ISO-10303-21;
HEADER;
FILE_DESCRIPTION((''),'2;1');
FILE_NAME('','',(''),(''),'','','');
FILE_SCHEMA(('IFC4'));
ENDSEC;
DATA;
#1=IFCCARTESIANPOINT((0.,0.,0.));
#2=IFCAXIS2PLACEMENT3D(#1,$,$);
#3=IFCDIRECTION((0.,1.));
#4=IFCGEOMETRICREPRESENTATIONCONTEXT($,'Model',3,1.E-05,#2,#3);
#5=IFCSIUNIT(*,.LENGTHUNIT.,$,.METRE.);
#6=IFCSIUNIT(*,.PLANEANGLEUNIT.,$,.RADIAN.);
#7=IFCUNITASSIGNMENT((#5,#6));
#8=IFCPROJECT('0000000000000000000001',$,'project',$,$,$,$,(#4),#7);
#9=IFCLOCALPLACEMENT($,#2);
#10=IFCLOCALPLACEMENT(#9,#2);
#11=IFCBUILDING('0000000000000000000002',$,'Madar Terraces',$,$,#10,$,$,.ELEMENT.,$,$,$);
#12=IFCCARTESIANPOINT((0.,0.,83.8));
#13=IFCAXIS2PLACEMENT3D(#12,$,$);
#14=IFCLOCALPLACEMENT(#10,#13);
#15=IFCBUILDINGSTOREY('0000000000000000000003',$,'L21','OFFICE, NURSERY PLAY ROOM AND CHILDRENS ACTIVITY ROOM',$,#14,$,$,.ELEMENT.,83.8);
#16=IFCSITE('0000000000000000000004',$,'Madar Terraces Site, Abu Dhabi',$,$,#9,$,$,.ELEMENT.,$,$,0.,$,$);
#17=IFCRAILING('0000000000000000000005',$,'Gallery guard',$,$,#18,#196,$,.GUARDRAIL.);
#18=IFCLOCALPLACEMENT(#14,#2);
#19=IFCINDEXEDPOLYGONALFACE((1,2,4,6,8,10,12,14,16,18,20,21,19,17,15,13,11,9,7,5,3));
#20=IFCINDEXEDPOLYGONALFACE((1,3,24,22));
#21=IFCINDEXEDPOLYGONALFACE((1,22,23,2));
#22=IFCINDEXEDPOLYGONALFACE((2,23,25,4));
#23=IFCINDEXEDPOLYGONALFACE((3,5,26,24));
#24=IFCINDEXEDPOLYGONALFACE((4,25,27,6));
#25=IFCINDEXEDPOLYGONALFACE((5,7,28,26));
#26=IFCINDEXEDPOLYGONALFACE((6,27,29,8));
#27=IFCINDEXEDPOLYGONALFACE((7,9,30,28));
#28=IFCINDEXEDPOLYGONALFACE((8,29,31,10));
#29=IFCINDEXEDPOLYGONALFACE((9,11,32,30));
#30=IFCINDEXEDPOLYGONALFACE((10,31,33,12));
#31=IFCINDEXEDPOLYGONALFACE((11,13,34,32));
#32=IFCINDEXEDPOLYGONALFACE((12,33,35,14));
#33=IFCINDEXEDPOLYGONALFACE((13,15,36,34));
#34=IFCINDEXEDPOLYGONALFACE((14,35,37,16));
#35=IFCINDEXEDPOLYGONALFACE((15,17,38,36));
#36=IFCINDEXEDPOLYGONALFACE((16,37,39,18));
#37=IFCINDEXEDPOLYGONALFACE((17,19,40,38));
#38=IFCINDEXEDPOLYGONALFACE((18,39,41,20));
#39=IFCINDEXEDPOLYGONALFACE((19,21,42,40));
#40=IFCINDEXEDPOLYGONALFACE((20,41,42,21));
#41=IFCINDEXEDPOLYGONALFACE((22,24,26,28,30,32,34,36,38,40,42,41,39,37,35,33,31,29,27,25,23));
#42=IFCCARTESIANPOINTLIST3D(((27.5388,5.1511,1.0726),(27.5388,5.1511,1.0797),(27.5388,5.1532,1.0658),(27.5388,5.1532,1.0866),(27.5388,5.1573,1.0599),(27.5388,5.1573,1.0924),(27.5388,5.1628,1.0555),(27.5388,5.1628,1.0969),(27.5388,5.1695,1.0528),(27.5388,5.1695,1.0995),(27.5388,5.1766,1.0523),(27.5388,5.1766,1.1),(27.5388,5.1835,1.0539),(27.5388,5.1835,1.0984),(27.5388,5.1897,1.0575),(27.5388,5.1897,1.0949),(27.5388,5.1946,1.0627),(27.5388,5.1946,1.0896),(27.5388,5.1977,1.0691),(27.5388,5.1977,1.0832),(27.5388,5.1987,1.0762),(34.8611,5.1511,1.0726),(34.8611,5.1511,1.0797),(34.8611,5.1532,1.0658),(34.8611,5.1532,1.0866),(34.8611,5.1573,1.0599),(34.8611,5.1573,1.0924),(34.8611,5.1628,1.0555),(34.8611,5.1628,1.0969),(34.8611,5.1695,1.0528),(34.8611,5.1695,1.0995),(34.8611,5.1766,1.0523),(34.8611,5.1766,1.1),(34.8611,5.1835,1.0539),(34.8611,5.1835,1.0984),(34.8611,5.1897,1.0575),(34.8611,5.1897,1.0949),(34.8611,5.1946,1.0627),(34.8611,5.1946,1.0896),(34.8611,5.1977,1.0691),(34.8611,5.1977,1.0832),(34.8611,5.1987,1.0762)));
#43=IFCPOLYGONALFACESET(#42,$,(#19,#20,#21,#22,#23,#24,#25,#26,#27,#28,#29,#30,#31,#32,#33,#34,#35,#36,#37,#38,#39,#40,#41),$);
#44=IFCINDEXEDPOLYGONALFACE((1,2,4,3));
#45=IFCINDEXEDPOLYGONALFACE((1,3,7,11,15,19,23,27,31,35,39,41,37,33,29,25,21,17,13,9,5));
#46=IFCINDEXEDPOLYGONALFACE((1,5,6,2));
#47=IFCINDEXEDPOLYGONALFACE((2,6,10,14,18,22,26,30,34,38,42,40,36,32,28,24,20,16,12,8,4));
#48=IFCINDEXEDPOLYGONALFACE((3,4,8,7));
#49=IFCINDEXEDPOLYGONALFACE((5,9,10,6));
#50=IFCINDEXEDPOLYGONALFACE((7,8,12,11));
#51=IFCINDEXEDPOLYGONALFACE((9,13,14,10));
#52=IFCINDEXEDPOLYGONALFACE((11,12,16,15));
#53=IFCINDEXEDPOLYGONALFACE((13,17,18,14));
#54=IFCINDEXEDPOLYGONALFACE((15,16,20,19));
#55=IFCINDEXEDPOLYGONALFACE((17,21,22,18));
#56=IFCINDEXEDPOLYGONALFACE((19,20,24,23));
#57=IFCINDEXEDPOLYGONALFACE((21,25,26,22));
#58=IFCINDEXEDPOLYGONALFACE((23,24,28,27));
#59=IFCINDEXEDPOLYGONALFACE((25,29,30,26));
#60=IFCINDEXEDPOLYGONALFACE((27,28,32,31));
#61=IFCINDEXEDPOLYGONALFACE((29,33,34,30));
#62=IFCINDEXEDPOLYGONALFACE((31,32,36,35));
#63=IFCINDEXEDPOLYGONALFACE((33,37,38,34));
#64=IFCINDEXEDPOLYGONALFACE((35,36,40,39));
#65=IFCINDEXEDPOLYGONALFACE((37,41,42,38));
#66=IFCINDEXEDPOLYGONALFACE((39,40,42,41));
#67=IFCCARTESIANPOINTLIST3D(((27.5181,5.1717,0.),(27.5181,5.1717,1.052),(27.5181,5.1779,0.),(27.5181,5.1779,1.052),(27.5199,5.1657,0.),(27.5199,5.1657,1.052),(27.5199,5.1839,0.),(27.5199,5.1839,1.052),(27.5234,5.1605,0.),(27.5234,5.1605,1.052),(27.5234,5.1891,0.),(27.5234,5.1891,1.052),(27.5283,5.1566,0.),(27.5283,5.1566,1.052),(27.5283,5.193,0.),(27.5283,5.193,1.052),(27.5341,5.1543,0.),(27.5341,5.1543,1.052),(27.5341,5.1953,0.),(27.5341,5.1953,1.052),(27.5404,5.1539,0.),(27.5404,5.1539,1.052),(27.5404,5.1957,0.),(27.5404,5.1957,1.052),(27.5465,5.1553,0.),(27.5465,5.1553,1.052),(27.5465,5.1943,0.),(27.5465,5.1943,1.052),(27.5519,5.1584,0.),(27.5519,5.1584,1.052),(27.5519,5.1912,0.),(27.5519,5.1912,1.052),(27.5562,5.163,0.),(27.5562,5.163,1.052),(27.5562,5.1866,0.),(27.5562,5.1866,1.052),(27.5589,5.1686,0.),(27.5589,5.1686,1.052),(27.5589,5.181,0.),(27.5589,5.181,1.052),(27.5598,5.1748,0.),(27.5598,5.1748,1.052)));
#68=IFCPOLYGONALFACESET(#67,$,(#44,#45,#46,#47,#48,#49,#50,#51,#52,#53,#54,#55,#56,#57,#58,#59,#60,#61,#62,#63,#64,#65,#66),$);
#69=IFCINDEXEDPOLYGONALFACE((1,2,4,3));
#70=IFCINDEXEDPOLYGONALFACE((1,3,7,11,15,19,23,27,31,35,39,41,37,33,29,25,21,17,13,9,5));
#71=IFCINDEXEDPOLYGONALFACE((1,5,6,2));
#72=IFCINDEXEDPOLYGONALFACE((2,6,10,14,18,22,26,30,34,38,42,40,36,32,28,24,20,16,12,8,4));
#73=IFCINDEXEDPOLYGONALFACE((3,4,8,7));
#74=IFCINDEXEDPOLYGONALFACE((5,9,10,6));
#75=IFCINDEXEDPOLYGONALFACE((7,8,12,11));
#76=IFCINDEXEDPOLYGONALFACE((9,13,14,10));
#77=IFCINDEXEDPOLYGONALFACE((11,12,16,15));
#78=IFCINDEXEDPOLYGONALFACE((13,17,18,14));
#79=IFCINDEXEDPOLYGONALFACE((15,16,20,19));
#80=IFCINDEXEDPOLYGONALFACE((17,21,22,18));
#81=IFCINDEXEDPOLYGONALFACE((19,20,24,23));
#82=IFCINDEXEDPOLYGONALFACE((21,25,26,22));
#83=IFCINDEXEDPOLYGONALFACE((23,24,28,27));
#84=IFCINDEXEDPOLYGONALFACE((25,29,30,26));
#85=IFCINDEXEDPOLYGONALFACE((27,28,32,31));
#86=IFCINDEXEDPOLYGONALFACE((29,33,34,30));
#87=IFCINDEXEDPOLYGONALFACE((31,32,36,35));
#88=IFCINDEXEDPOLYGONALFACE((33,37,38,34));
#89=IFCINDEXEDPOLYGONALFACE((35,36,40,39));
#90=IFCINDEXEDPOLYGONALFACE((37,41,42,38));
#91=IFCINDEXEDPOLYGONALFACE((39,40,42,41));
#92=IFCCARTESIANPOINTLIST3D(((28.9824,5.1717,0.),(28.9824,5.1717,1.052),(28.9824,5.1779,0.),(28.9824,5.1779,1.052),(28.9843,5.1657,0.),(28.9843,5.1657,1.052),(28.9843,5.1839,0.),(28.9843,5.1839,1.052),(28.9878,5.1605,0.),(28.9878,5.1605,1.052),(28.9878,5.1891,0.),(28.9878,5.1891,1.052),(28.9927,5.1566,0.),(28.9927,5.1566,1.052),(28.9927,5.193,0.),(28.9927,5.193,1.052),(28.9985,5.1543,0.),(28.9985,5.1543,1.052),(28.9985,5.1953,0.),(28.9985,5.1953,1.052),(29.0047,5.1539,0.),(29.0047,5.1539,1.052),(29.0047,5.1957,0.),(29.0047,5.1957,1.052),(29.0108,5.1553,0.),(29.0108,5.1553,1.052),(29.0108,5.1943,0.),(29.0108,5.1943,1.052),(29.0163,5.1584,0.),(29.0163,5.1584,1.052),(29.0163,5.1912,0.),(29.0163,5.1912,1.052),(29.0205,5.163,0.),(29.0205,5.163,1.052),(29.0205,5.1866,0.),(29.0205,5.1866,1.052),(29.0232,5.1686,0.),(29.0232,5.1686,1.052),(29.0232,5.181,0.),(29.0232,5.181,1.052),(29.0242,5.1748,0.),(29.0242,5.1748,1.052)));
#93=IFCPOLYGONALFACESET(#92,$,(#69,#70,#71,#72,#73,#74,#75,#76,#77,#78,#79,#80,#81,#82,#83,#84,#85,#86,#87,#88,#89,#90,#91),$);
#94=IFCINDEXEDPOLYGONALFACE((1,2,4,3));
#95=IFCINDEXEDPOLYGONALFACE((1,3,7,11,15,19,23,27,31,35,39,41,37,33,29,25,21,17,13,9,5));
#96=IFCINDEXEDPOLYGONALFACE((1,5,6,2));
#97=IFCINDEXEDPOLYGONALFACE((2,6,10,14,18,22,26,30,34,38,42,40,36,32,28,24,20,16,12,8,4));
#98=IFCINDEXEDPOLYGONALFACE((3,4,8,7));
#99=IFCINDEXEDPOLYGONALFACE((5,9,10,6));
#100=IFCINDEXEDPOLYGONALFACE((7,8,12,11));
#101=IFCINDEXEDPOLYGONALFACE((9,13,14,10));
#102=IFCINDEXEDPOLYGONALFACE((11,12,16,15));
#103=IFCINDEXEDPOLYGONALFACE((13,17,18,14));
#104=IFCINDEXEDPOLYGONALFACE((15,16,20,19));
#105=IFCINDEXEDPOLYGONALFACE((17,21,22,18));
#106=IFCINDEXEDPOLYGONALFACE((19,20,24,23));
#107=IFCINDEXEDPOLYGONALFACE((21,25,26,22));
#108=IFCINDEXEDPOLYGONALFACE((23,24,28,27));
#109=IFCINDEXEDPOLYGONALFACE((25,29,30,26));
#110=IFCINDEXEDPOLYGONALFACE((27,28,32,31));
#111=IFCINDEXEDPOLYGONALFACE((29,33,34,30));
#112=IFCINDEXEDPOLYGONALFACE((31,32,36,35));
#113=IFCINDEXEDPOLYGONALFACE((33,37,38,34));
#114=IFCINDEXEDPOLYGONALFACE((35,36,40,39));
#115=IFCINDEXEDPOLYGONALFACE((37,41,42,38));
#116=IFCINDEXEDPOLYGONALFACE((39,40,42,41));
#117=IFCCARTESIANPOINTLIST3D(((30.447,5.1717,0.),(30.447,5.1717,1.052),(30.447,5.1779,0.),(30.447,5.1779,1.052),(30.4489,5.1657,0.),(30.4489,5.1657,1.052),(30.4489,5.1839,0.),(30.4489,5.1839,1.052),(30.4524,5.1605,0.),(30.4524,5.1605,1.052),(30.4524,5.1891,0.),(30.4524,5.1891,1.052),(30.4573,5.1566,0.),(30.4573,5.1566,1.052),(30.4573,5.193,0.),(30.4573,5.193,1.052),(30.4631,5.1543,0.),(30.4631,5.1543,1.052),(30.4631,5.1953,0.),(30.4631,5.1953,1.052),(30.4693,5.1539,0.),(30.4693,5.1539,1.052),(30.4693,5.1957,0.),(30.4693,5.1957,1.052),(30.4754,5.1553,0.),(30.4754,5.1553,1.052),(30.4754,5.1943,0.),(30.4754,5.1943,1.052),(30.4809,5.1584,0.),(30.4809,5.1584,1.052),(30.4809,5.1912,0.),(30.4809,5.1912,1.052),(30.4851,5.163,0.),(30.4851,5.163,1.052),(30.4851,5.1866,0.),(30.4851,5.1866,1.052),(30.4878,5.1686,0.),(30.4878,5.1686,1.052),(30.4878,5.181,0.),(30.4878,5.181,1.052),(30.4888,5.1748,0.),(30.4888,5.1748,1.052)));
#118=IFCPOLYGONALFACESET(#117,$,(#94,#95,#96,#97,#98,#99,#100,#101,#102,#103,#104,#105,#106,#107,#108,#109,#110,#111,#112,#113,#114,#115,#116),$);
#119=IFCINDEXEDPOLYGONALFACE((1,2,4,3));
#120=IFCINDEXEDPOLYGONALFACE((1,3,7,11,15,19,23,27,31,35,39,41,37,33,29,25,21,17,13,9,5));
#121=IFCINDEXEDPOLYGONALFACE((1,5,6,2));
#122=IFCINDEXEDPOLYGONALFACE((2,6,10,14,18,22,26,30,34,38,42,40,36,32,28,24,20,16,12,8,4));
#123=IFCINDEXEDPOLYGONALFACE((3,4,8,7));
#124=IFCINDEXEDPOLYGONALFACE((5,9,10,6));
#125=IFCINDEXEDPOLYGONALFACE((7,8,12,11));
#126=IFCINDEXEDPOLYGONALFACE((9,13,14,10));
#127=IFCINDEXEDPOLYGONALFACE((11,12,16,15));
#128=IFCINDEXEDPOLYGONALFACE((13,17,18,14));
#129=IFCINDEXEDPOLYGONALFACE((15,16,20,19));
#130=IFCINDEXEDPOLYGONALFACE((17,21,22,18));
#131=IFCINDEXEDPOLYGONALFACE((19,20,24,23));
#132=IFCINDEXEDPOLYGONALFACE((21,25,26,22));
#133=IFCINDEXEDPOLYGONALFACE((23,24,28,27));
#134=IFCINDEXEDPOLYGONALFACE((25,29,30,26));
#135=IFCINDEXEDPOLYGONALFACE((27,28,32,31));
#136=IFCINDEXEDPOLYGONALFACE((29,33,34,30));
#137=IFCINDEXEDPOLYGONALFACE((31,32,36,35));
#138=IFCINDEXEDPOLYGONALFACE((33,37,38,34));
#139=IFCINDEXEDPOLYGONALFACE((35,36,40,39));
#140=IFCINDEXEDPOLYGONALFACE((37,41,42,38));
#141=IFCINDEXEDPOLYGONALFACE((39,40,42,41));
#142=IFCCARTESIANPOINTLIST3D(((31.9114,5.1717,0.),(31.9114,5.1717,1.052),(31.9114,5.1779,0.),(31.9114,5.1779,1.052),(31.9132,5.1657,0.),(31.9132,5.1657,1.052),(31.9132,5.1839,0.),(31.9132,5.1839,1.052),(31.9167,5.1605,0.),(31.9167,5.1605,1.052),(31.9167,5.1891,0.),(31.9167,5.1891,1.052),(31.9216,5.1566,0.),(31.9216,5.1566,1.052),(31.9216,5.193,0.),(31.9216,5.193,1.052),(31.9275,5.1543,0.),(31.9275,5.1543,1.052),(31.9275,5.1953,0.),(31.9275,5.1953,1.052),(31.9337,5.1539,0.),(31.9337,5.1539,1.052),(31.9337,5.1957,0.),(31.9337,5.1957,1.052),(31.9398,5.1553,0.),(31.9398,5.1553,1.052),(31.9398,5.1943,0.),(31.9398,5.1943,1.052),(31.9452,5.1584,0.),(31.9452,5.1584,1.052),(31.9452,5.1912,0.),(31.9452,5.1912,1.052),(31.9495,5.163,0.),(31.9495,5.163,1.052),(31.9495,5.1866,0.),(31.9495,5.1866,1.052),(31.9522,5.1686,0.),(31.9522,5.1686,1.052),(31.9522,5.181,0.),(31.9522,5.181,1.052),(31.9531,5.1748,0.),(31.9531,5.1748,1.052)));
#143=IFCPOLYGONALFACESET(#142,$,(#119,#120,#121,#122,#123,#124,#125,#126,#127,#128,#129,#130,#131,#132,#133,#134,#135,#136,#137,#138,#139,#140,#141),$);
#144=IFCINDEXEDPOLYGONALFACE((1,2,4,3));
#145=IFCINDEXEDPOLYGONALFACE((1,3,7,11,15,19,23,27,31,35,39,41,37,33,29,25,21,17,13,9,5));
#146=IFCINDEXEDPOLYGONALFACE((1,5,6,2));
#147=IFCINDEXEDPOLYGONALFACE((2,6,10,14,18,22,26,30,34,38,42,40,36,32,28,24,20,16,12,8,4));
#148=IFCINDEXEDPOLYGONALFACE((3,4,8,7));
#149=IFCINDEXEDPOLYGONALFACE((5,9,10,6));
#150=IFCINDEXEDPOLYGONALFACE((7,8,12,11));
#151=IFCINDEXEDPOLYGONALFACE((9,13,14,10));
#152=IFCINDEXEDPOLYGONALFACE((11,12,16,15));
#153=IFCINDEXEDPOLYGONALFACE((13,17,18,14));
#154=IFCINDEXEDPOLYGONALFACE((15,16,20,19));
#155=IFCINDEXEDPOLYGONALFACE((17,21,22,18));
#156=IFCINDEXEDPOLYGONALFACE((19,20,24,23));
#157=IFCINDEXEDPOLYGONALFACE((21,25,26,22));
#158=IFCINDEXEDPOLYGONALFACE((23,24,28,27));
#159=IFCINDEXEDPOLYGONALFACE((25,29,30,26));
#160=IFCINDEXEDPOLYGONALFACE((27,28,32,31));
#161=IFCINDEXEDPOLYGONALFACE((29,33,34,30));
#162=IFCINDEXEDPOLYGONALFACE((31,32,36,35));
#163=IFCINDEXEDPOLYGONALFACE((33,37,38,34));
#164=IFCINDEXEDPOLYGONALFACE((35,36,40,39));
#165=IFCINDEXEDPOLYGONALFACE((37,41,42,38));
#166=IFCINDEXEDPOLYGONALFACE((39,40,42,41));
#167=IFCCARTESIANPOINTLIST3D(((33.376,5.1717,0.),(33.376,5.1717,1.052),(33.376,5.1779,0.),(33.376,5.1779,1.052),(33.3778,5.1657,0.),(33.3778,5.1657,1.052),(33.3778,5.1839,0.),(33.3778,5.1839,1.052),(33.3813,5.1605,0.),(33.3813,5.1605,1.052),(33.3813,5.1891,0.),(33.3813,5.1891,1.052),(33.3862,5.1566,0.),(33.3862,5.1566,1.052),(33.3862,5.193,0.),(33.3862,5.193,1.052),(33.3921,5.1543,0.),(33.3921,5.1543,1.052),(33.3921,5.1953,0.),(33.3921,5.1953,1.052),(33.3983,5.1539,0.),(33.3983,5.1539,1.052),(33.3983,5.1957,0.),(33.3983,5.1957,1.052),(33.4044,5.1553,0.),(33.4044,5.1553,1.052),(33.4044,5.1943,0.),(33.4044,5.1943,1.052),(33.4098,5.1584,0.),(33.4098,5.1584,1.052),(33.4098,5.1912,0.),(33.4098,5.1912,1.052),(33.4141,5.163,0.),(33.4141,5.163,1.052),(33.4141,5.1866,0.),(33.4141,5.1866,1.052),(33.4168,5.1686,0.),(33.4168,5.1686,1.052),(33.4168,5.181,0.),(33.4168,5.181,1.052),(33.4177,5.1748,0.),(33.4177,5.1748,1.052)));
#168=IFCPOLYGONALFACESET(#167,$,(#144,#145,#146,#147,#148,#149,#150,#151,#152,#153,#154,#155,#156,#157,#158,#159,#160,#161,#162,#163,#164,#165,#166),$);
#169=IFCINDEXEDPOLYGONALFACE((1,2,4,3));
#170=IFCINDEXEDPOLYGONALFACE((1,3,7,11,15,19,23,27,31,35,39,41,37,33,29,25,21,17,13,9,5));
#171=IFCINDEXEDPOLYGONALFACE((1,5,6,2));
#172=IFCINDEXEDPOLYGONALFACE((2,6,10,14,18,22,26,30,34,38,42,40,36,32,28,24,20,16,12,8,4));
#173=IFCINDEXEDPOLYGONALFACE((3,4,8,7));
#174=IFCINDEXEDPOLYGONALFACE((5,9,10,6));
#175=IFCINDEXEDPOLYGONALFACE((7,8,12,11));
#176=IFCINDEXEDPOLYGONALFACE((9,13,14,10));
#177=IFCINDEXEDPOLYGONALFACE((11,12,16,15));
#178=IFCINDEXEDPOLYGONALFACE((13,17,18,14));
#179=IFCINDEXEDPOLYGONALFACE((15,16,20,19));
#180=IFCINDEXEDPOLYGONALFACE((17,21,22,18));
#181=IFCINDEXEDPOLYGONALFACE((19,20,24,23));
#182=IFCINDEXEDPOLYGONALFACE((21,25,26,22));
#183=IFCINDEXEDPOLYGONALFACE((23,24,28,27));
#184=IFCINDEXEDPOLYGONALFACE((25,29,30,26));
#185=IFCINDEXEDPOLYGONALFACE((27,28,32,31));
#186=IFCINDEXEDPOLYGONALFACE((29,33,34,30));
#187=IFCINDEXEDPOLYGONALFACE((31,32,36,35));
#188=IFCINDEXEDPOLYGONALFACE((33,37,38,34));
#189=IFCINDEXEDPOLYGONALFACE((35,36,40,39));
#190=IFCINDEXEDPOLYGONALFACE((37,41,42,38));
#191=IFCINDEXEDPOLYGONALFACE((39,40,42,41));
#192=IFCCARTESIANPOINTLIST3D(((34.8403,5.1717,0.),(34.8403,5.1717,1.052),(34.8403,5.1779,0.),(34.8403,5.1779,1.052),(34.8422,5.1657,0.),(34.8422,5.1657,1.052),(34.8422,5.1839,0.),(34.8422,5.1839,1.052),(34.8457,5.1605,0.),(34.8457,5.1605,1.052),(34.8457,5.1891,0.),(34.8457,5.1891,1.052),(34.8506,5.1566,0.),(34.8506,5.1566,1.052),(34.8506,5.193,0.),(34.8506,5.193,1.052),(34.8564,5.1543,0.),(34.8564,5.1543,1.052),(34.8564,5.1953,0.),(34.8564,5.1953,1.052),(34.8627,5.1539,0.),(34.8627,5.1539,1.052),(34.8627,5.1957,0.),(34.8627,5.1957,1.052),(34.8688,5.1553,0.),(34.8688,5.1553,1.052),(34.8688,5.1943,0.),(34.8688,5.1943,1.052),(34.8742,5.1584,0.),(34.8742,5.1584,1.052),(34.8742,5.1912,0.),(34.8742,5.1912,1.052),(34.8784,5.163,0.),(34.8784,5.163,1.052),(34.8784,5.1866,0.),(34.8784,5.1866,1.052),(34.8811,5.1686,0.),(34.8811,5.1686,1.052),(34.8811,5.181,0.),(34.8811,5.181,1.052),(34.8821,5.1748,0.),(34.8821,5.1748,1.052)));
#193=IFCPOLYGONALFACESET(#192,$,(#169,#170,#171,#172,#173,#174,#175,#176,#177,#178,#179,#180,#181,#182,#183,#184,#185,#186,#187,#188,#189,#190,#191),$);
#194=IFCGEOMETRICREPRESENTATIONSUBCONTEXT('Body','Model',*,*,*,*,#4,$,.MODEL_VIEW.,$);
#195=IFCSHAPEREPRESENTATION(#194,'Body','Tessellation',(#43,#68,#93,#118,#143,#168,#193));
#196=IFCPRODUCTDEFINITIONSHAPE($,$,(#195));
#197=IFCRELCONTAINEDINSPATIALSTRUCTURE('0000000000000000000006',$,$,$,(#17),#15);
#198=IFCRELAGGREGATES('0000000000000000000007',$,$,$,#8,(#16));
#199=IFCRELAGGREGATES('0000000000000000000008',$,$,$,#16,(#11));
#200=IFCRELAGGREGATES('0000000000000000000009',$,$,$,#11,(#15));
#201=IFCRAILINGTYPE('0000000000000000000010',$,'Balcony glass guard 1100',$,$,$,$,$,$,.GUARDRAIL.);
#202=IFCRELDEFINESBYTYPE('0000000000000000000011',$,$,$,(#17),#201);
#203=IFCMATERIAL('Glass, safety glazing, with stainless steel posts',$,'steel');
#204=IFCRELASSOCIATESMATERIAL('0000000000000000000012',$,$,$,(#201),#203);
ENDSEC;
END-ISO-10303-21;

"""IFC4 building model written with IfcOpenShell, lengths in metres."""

from ifc_helpers import new_model, si_unit, direction, frame, origin, origin_2d, place, context, subcontext, project, spatial, circle, extrude, material, type_object, element, save


model = new_model("IFC4")

# Units and contexts
model_context = context("Model", 3, precision=1e-05, world=origin(), true_north=direction((0.0, 1.0)))
body_context = subcontext(model_context, "Body", "Model", "MODEL_VIEW")
ifc_project = project(units=[si_unit("LENGTHUNIT", "METRE"), si_unit("PLANEANGLEUNIT", "RADIAN")], contexts=[model_context])

# Site, building, storey
site_placement = place(None, origin())
site = spatial("IfcSite", under=ifc_project, at=site_placement, Name="Madar Terraces Site, Abu Dhabi", CompositionType="ELEMENT", RefElevation=0.0)
building_placement = place(site_placement, origin())
building = spatial("IfcBuilding", under=site, at=building_placement, Name="Madar Terraces", CompositionType="ELEMENT")
storey_placement = place(building_placement, frame((0.0, 0.0, 83.8)))
storey = spatial("IfcBuildingStorey", under=building, at=storey_placement, Name="L21", Description="OFFICE, NURSERY PLAY ROOM AND CHILDRENS ACTIVITY ROOM", CompositionType="ELEMENT", Elevation=83.8)

# Railing
ifc_material_1 = material(Name="Glass, safety glazing, with stainless steel posts", Category="steel")
railing_type = type_object("IfcRailingType", Name="Balcony glass guard 1100", PredefinedType="GUARDRAIL", material=ifc_material_1)
railing_1_placement = place(storey_placement, frame((27.5388, 5.1748, 0.0)))
element("IfcRailing", 1, at=railing_1_placement, inside=storey, type_object=railing_type, Name="Gallery guard", PredefinedType="GUARDRAIL", context=body_context, shape_type="SweptSolid", body=[
    extrude(circle(Radius=0.0239, at=origin_2d()), frame((0.0, 0.0, 1.0762), z_axis=(1.0, 0.0, 0.0), x_axis=(0.0, 1.0, 0.0)), (0.0, 0.0, 1.0), 7.3223),
    extrude(circle(Radius=0.021, at=origin_2d()), origin(), (0.0, 0.0, 1.0), 1.052),
    extrude(circle(Radius=0.021, at=origin_2d()), frame((1.4644, 0.0, 0.0)), (0.0, 0.0, 1.0), 1.052),
    extrude(circle(Radius=0.021, at=origin_2d()), frame((2.929, 0.0, 0.0)), (0.0, 0.0, 1.0), 1.052),
    extrude(circle(Radius=0.021, at=origin_2d()), frame((4.3933, 0.0, 0.0)), (0.0, 0.0, 1.0), 1.052),
    extrude(circle(Radius=0.021, at=origin_2d()), frame((5.8579, 0.0, 0.0)), (0.0, 0.0, 1.0), 1.052),
    extrude(circle(Radius=0.021, at=origin_2d()), frame((7.3223, 0.0, 0.0)), (0.0, 0.0, 1.0), 1.052),
])

save(model, "model.ifc")
